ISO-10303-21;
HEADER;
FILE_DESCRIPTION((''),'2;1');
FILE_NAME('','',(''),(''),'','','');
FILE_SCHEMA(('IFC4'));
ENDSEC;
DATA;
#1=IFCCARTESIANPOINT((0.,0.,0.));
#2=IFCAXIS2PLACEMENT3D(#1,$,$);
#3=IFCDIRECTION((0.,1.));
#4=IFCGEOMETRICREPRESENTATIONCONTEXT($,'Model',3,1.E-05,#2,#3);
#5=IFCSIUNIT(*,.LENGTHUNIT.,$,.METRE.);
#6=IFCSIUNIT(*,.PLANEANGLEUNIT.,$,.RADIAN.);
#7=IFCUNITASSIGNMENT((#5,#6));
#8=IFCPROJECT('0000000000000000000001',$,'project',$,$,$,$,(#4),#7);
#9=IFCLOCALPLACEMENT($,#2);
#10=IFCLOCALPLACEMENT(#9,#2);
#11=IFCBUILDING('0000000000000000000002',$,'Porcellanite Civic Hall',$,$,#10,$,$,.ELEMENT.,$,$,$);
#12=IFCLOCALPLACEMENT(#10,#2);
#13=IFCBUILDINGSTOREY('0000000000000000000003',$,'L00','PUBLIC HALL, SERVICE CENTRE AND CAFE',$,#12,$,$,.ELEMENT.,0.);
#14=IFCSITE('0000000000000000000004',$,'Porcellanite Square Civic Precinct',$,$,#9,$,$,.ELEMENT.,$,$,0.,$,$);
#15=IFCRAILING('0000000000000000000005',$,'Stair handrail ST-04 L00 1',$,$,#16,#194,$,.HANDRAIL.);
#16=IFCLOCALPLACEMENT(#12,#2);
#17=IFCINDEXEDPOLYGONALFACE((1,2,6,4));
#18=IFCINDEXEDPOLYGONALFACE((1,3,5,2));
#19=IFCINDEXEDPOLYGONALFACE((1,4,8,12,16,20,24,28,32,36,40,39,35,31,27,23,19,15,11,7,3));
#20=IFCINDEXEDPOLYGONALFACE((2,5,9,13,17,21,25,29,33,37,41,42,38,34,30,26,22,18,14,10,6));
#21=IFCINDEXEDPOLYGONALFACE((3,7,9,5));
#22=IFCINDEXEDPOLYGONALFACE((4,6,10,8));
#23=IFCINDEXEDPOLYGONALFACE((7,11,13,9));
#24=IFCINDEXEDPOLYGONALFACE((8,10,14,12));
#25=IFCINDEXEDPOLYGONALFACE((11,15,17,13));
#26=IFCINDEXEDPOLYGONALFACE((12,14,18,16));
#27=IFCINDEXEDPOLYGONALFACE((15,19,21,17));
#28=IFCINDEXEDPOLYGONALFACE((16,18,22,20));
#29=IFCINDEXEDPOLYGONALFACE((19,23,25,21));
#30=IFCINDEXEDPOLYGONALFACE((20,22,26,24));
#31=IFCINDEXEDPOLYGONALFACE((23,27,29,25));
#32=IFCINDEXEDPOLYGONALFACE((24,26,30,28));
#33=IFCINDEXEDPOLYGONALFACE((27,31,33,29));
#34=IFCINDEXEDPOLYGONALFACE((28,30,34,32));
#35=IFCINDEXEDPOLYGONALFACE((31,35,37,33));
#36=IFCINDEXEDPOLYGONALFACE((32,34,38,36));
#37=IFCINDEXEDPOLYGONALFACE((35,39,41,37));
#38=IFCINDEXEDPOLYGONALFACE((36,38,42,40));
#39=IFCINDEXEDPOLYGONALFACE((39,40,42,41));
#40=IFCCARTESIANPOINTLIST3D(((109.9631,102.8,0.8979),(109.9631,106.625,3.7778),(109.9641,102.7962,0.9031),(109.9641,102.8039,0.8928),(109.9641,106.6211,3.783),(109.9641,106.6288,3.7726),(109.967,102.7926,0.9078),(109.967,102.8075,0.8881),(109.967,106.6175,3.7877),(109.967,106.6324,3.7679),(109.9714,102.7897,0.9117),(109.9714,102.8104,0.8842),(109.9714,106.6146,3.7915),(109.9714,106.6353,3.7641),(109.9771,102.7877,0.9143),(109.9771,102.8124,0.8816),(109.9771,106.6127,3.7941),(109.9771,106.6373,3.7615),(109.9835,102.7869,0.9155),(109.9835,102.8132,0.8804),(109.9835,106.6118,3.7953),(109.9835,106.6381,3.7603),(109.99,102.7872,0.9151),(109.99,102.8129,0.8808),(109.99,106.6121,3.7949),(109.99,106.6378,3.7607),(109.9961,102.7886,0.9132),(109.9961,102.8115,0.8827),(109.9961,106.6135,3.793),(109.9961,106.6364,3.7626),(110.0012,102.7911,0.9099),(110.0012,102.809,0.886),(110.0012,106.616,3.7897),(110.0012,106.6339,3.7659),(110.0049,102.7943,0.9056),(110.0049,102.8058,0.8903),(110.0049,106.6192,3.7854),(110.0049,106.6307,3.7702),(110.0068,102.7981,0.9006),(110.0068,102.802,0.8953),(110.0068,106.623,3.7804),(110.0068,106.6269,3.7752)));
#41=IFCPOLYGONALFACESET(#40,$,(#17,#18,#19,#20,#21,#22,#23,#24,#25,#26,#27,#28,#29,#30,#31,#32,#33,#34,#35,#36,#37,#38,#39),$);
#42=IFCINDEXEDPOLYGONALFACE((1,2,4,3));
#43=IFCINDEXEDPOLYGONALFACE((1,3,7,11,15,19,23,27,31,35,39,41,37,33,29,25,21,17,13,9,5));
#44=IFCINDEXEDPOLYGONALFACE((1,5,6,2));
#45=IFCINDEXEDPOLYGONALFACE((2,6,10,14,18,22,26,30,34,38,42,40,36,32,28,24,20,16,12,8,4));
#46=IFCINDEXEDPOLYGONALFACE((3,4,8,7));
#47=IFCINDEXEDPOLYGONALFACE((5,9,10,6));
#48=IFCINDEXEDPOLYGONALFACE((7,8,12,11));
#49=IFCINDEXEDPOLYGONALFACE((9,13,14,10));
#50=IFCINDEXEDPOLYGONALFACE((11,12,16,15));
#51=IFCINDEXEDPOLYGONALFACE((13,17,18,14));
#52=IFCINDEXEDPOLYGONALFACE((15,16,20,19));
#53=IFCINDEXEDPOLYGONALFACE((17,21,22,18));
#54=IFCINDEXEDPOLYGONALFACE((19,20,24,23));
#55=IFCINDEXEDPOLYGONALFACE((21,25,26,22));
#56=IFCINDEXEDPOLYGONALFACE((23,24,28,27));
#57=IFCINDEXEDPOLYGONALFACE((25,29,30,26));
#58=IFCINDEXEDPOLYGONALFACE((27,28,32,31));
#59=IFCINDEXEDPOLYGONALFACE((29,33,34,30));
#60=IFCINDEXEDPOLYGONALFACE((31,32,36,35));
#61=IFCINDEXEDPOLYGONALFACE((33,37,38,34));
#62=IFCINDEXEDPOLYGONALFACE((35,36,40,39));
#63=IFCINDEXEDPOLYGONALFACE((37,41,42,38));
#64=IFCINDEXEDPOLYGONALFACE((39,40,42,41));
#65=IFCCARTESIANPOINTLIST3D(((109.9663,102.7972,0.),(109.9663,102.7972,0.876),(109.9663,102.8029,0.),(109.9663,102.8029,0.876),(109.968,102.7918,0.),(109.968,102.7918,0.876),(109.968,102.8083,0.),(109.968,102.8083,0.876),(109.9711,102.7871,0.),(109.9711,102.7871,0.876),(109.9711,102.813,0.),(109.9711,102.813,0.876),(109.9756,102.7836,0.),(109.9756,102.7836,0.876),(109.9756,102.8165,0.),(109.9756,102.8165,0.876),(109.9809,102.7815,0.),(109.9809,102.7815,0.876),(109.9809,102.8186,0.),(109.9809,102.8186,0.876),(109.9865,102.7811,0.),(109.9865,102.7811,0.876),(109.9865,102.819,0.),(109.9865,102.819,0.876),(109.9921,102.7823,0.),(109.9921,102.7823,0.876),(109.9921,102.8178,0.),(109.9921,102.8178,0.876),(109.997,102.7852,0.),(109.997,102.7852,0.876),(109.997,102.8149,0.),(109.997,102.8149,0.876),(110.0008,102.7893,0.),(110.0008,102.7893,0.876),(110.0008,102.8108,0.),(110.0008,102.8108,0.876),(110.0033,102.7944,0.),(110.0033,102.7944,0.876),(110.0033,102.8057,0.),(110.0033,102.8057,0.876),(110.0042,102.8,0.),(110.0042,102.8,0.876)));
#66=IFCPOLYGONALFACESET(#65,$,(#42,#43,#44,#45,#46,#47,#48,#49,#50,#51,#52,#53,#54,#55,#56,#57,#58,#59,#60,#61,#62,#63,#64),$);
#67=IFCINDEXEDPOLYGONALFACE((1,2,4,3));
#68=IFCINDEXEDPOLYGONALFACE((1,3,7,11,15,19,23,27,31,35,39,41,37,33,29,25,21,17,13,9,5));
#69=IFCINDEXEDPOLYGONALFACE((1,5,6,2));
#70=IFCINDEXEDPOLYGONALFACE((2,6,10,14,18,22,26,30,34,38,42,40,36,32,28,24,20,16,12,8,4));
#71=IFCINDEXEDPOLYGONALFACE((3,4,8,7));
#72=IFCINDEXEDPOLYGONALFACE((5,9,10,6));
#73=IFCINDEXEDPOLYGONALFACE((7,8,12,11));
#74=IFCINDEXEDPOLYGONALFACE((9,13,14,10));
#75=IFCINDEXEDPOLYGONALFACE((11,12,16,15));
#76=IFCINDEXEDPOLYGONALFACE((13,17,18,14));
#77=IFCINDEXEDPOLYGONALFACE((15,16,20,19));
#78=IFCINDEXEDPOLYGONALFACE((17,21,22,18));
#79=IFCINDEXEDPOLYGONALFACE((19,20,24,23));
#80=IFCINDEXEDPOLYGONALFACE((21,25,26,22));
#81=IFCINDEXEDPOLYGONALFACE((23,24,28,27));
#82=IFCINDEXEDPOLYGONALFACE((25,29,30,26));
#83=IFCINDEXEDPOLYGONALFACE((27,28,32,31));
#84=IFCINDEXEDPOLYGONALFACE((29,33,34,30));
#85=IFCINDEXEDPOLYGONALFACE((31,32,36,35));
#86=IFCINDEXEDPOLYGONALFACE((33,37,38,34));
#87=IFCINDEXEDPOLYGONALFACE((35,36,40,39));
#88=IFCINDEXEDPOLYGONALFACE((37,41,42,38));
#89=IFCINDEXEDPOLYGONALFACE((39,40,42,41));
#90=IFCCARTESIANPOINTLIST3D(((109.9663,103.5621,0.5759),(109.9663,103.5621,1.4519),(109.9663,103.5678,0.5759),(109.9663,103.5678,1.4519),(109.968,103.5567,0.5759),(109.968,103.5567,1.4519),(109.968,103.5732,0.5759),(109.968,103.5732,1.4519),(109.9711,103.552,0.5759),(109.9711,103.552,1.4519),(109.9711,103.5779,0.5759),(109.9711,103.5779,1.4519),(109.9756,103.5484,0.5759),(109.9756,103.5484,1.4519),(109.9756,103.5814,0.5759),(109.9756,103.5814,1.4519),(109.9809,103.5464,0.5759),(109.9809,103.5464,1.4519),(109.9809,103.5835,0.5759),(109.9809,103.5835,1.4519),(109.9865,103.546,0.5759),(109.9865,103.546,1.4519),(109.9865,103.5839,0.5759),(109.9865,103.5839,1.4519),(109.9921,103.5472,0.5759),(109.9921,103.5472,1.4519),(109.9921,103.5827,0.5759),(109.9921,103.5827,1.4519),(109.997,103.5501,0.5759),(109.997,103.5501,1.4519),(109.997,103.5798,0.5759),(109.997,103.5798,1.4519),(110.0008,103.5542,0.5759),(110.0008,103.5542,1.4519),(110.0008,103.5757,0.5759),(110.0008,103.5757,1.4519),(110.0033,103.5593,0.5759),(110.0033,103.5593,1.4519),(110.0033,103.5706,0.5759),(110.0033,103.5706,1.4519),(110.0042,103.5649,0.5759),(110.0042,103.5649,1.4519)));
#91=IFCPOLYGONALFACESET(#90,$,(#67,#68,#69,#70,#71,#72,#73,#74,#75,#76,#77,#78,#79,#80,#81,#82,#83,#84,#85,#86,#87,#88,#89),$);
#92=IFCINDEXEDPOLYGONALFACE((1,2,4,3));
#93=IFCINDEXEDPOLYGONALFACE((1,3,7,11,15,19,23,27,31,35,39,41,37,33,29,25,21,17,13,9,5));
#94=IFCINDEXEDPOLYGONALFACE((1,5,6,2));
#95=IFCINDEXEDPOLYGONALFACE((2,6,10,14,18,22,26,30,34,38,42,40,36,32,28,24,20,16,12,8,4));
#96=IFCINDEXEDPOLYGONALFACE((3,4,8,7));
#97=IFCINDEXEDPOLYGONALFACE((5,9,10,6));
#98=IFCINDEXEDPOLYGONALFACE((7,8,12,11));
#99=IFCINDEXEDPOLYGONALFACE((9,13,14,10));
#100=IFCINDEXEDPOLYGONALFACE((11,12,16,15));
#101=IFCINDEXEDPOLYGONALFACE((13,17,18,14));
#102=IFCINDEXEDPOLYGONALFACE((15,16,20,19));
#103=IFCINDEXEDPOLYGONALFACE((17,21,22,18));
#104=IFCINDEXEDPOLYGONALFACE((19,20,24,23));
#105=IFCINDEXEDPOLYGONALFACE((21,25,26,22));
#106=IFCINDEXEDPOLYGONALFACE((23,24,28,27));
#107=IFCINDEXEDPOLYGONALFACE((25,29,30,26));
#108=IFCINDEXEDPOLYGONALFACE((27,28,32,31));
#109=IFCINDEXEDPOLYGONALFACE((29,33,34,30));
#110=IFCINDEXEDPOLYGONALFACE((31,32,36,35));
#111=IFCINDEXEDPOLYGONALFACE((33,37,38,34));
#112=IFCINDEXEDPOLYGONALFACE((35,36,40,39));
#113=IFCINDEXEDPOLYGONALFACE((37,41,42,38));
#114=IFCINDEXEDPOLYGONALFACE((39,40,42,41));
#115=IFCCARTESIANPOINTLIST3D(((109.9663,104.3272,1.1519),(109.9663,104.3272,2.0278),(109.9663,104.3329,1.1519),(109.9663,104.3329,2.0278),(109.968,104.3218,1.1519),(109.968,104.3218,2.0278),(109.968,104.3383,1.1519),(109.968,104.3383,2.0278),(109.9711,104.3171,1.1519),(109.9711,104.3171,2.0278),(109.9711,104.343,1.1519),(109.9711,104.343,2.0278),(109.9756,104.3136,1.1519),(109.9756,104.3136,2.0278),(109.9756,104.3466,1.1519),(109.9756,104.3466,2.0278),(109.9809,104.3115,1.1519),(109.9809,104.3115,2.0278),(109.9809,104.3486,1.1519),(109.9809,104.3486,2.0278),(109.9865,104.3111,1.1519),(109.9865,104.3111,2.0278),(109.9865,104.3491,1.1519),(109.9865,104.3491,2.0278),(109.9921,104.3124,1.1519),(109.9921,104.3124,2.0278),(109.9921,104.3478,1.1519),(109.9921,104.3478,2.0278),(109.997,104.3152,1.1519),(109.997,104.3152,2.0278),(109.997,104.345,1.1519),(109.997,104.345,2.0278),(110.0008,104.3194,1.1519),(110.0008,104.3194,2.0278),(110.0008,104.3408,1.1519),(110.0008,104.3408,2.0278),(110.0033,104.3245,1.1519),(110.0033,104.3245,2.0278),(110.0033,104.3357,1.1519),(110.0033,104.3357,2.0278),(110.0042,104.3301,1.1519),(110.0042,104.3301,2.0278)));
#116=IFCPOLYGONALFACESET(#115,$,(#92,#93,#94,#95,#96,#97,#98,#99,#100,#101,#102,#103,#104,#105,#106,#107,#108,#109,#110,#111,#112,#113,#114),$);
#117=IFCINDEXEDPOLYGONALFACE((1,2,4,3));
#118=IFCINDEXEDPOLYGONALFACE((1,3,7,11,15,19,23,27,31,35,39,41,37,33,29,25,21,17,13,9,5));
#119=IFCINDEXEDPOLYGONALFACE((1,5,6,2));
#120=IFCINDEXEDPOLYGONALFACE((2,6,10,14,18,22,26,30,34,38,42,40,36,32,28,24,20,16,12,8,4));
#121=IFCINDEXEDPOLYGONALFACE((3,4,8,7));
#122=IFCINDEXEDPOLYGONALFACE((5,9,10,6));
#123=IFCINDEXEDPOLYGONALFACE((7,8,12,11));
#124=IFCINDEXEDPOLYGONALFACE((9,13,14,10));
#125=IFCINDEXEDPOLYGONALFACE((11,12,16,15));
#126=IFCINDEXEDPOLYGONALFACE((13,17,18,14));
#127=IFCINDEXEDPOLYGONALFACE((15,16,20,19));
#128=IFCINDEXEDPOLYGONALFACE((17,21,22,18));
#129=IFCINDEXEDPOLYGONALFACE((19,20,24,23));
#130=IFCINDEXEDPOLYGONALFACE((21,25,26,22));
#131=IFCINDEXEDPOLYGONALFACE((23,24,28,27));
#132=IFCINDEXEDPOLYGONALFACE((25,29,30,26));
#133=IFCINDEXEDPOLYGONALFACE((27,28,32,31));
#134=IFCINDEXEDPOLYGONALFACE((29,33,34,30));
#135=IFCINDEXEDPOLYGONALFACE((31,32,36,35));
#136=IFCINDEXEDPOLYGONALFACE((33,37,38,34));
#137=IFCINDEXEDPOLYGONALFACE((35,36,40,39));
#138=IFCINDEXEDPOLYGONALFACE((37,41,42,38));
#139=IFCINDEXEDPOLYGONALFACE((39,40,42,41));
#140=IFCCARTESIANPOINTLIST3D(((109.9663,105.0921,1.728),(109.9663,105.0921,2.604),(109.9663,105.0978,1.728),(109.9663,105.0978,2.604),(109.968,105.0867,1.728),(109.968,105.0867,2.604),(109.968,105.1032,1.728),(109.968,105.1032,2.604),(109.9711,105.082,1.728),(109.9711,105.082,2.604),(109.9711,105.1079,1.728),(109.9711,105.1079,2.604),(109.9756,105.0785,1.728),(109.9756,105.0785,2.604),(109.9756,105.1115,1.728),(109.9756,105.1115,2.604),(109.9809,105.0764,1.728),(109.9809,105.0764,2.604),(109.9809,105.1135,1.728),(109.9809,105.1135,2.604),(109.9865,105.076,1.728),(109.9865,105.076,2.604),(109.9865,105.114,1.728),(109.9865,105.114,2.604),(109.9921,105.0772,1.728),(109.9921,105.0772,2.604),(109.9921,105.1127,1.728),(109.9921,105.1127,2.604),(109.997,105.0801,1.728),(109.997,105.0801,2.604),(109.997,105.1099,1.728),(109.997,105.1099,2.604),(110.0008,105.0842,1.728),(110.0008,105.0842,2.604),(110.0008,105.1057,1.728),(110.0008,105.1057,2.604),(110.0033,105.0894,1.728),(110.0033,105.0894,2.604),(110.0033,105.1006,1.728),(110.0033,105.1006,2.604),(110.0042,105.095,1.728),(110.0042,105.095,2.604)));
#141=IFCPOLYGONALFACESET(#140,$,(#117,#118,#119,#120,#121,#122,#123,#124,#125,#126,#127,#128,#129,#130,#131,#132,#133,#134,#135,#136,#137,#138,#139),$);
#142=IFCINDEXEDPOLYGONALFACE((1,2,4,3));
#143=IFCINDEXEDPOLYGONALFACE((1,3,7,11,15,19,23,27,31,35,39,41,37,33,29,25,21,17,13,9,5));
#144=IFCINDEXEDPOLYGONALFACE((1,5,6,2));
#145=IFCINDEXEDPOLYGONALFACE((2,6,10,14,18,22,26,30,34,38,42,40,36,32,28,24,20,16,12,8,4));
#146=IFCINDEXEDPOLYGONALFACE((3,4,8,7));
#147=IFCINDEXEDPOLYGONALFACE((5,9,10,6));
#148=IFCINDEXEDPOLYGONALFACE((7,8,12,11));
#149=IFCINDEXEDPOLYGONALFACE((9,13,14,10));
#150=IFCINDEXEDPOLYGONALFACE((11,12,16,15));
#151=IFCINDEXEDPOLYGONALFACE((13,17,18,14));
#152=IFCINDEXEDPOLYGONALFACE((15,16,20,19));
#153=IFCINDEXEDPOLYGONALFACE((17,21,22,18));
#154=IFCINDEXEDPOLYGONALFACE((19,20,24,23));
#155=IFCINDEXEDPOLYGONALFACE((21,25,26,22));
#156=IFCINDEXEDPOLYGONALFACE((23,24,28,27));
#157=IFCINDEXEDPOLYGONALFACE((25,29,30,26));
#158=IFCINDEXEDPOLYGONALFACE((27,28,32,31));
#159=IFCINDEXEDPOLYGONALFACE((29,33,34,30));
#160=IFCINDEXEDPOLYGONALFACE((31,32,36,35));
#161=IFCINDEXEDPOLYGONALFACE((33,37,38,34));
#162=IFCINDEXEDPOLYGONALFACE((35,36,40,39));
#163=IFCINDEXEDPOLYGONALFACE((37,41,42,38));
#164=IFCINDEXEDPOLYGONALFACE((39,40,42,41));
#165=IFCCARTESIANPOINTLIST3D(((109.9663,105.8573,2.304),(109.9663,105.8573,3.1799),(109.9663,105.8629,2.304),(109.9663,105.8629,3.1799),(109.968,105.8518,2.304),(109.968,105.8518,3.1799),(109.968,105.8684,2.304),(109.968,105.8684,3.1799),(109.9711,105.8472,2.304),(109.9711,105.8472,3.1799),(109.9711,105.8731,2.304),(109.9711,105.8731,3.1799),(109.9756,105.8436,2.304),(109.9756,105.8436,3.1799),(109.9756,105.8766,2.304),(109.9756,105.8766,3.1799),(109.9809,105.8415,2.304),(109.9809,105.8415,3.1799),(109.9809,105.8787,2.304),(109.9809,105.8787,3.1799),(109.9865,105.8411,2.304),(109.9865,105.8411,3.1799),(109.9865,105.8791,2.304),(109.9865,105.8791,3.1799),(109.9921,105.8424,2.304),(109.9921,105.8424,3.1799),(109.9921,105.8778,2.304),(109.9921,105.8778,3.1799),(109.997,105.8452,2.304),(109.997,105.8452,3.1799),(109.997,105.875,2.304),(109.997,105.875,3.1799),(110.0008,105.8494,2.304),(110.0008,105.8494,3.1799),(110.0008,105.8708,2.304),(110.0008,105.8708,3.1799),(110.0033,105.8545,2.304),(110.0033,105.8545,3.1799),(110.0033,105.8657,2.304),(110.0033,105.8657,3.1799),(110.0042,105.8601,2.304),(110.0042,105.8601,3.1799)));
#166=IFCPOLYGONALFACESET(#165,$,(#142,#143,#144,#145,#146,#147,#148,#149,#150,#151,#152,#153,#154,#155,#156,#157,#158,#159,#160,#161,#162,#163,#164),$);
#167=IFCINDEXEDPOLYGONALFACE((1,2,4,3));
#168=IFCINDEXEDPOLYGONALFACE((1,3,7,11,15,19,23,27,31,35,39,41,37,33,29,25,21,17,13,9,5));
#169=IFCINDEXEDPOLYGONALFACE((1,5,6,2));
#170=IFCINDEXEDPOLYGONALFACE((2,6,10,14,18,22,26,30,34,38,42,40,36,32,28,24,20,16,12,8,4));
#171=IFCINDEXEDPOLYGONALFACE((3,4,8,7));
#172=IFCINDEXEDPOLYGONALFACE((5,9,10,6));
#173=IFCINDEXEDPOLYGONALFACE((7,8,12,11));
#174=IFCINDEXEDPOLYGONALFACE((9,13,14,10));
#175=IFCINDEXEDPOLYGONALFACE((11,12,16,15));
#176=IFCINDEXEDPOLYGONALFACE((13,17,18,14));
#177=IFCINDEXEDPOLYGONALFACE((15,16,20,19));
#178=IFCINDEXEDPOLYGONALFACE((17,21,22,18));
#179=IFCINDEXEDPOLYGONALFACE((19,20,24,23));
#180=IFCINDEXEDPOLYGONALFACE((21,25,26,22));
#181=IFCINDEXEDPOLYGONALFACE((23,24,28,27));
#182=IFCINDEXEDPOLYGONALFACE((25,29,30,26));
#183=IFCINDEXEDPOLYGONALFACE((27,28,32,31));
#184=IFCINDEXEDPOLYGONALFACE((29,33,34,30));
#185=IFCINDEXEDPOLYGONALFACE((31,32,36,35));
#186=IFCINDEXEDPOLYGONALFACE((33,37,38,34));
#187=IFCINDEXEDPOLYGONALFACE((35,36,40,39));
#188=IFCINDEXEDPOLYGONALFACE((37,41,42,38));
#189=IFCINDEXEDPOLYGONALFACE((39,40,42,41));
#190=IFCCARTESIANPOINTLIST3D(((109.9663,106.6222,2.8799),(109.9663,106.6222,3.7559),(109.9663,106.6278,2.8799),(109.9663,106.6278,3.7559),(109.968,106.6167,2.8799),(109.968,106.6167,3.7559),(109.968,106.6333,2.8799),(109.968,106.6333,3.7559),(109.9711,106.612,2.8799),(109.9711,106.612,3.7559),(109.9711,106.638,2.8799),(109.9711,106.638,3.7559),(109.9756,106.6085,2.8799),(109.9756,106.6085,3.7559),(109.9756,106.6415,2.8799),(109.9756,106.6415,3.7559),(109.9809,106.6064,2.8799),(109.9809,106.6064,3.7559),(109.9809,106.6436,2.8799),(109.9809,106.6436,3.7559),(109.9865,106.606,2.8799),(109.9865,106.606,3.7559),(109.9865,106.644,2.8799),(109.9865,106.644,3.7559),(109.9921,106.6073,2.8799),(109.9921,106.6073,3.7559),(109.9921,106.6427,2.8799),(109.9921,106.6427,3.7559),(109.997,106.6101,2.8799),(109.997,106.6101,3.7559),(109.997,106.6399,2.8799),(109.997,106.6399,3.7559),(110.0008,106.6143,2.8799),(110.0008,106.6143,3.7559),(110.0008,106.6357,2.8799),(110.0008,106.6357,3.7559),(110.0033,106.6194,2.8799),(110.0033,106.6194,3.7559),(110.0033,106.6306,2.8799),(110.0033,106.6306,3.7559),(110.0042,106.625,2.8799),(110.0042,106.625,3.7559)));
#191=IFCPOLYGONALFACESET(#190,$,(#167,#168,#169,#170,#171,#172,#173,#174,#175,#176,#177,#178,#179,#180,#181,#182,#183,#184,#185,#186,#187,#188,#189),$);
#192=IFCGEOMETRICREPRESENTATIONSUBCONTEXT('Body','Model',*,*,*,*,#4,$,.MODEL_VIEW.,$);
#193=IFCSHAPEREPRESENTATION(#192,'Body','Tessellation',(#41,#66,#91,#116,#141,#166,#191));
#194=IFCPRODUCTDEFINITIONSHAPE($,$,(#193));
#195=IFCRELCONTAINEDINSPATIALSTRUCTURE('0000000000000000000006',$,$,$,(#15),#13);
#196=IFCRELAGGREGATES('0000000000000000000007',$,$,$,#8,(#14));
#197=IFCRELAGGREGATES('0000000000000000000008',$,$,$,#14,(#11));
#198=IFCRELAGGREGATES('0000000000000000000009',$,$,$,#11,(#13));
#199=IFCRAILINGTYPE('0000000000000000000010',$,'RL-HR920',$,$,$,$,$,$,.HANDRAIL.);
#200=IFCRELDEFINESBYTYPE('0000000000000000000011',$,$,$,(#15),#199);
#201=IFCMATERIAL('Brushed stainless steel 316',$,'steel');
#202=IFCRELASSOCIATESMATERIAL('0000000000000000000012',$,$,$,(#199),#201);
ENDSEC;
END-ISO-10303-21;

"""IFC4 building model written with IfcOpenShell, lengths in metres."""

from ifc_helpers import new_model, si_unit, direction, frame, origin, origin_2d, place, context, subcontext, project, spatial, circle, extrude, material, type_object, element, save


model = new_model("IFC4")

# Units and contexts
model_context = context("Model", 3, precision=1e-05, world=origin(), true_north=direction((0.0, 1.0)))
body_context = subcontext(model_context, "Body", "Model", "MODEL_VIEW")
ifc_project = project(units=[si_unit("LENGTHUNIT", "METRE"), si_unit("PLANEANGLEUNIT", "RADIAN")], contexts=[model_context])

# Site, building, storey
site_placement = place(None, origin())
site = spatial("IfcSite", under=ifc_project, at=site_placement, Name="Porcellanite Square Civic Precinct", CompositionType="ELEMENT", RefElevation=0.0)
building_placement = place(site_placement, origin())
building = spatial("IfcBuilding", under=site, at=building_placement, Name="Porcellanite Civic Hall", CompositionType="ELEMENT")
storey_placement = place(building_placement, origin())
storey = spatial("IfcBuildingStorey", under=building, at=storey_placement, Name="L00", Description="PUBLIC HALL, SERVICE CENTRE AND CAFE", CompositionType="ELEMENT", Elevation=0.0)

# Railing
ifc_material_1 = material(Name="Brushed stainless steel 316", Category="steel")
railing_type_1 = type_object("IfcRailingType", Name="RL-HR920", PredefinedType="HANDRAIL", material=ifc_material_1)
railing_1_placement = place(storey_placement, frame((109.9851, 102.8, 0.0)))
element("IfcRailing", 1, at=railing_1_placement, inside=storey, type_object=railing_type_1, Name="Stair handrail ST-04 L00 1", PredefinedType="HANDRAIL", context=body_context, shape_type="SweptSolid", body=[
    extrude(circle(Radius=0.022, at=origin_2d()), frame((0.0, 0.0, 0.8979), z_axis=(0.0, 0.798879, 0.601492), x_axis=(-1.0, 0.0, 0.0)), (0.0, 0.0, 1.0), 4.7878),
    extrude(circle(Radius=0.019, at=origin_2d()), origin(), (0.0, 0.0, 1.0), 0.876),
    extrude(circle(Radius=0.019, at=origin_2d()), frame((0.0, 0.7649, 0.5759)), (0.0, 0.0, 1.0), 0.876),
    extrude(circle(Radius=0.019, at=origin_2d()), frame((0.0, 1.53, 1.1519)), (0.0, 0.0, 1.0), 0.876),
    extrude(circle(Radius=0.019, at=origin_2d()), frame((0.0, 2.2949, 1.728)), (0.0, 0.0, 1.0), 0.876),
    extrude(circle(Radius=0.019, at=origin_2d()), frame((0.0, 3.0601, 2.304)), (0.0, 0.0, 1.0), 0.876),
    extrude(circle(Radius=0.019, at=origin_2d()), frame((0.0, 3.825, 2.8799)), (0.0, 0.0, 1.0), 0.876),
])

save(model, "model.ifc")
